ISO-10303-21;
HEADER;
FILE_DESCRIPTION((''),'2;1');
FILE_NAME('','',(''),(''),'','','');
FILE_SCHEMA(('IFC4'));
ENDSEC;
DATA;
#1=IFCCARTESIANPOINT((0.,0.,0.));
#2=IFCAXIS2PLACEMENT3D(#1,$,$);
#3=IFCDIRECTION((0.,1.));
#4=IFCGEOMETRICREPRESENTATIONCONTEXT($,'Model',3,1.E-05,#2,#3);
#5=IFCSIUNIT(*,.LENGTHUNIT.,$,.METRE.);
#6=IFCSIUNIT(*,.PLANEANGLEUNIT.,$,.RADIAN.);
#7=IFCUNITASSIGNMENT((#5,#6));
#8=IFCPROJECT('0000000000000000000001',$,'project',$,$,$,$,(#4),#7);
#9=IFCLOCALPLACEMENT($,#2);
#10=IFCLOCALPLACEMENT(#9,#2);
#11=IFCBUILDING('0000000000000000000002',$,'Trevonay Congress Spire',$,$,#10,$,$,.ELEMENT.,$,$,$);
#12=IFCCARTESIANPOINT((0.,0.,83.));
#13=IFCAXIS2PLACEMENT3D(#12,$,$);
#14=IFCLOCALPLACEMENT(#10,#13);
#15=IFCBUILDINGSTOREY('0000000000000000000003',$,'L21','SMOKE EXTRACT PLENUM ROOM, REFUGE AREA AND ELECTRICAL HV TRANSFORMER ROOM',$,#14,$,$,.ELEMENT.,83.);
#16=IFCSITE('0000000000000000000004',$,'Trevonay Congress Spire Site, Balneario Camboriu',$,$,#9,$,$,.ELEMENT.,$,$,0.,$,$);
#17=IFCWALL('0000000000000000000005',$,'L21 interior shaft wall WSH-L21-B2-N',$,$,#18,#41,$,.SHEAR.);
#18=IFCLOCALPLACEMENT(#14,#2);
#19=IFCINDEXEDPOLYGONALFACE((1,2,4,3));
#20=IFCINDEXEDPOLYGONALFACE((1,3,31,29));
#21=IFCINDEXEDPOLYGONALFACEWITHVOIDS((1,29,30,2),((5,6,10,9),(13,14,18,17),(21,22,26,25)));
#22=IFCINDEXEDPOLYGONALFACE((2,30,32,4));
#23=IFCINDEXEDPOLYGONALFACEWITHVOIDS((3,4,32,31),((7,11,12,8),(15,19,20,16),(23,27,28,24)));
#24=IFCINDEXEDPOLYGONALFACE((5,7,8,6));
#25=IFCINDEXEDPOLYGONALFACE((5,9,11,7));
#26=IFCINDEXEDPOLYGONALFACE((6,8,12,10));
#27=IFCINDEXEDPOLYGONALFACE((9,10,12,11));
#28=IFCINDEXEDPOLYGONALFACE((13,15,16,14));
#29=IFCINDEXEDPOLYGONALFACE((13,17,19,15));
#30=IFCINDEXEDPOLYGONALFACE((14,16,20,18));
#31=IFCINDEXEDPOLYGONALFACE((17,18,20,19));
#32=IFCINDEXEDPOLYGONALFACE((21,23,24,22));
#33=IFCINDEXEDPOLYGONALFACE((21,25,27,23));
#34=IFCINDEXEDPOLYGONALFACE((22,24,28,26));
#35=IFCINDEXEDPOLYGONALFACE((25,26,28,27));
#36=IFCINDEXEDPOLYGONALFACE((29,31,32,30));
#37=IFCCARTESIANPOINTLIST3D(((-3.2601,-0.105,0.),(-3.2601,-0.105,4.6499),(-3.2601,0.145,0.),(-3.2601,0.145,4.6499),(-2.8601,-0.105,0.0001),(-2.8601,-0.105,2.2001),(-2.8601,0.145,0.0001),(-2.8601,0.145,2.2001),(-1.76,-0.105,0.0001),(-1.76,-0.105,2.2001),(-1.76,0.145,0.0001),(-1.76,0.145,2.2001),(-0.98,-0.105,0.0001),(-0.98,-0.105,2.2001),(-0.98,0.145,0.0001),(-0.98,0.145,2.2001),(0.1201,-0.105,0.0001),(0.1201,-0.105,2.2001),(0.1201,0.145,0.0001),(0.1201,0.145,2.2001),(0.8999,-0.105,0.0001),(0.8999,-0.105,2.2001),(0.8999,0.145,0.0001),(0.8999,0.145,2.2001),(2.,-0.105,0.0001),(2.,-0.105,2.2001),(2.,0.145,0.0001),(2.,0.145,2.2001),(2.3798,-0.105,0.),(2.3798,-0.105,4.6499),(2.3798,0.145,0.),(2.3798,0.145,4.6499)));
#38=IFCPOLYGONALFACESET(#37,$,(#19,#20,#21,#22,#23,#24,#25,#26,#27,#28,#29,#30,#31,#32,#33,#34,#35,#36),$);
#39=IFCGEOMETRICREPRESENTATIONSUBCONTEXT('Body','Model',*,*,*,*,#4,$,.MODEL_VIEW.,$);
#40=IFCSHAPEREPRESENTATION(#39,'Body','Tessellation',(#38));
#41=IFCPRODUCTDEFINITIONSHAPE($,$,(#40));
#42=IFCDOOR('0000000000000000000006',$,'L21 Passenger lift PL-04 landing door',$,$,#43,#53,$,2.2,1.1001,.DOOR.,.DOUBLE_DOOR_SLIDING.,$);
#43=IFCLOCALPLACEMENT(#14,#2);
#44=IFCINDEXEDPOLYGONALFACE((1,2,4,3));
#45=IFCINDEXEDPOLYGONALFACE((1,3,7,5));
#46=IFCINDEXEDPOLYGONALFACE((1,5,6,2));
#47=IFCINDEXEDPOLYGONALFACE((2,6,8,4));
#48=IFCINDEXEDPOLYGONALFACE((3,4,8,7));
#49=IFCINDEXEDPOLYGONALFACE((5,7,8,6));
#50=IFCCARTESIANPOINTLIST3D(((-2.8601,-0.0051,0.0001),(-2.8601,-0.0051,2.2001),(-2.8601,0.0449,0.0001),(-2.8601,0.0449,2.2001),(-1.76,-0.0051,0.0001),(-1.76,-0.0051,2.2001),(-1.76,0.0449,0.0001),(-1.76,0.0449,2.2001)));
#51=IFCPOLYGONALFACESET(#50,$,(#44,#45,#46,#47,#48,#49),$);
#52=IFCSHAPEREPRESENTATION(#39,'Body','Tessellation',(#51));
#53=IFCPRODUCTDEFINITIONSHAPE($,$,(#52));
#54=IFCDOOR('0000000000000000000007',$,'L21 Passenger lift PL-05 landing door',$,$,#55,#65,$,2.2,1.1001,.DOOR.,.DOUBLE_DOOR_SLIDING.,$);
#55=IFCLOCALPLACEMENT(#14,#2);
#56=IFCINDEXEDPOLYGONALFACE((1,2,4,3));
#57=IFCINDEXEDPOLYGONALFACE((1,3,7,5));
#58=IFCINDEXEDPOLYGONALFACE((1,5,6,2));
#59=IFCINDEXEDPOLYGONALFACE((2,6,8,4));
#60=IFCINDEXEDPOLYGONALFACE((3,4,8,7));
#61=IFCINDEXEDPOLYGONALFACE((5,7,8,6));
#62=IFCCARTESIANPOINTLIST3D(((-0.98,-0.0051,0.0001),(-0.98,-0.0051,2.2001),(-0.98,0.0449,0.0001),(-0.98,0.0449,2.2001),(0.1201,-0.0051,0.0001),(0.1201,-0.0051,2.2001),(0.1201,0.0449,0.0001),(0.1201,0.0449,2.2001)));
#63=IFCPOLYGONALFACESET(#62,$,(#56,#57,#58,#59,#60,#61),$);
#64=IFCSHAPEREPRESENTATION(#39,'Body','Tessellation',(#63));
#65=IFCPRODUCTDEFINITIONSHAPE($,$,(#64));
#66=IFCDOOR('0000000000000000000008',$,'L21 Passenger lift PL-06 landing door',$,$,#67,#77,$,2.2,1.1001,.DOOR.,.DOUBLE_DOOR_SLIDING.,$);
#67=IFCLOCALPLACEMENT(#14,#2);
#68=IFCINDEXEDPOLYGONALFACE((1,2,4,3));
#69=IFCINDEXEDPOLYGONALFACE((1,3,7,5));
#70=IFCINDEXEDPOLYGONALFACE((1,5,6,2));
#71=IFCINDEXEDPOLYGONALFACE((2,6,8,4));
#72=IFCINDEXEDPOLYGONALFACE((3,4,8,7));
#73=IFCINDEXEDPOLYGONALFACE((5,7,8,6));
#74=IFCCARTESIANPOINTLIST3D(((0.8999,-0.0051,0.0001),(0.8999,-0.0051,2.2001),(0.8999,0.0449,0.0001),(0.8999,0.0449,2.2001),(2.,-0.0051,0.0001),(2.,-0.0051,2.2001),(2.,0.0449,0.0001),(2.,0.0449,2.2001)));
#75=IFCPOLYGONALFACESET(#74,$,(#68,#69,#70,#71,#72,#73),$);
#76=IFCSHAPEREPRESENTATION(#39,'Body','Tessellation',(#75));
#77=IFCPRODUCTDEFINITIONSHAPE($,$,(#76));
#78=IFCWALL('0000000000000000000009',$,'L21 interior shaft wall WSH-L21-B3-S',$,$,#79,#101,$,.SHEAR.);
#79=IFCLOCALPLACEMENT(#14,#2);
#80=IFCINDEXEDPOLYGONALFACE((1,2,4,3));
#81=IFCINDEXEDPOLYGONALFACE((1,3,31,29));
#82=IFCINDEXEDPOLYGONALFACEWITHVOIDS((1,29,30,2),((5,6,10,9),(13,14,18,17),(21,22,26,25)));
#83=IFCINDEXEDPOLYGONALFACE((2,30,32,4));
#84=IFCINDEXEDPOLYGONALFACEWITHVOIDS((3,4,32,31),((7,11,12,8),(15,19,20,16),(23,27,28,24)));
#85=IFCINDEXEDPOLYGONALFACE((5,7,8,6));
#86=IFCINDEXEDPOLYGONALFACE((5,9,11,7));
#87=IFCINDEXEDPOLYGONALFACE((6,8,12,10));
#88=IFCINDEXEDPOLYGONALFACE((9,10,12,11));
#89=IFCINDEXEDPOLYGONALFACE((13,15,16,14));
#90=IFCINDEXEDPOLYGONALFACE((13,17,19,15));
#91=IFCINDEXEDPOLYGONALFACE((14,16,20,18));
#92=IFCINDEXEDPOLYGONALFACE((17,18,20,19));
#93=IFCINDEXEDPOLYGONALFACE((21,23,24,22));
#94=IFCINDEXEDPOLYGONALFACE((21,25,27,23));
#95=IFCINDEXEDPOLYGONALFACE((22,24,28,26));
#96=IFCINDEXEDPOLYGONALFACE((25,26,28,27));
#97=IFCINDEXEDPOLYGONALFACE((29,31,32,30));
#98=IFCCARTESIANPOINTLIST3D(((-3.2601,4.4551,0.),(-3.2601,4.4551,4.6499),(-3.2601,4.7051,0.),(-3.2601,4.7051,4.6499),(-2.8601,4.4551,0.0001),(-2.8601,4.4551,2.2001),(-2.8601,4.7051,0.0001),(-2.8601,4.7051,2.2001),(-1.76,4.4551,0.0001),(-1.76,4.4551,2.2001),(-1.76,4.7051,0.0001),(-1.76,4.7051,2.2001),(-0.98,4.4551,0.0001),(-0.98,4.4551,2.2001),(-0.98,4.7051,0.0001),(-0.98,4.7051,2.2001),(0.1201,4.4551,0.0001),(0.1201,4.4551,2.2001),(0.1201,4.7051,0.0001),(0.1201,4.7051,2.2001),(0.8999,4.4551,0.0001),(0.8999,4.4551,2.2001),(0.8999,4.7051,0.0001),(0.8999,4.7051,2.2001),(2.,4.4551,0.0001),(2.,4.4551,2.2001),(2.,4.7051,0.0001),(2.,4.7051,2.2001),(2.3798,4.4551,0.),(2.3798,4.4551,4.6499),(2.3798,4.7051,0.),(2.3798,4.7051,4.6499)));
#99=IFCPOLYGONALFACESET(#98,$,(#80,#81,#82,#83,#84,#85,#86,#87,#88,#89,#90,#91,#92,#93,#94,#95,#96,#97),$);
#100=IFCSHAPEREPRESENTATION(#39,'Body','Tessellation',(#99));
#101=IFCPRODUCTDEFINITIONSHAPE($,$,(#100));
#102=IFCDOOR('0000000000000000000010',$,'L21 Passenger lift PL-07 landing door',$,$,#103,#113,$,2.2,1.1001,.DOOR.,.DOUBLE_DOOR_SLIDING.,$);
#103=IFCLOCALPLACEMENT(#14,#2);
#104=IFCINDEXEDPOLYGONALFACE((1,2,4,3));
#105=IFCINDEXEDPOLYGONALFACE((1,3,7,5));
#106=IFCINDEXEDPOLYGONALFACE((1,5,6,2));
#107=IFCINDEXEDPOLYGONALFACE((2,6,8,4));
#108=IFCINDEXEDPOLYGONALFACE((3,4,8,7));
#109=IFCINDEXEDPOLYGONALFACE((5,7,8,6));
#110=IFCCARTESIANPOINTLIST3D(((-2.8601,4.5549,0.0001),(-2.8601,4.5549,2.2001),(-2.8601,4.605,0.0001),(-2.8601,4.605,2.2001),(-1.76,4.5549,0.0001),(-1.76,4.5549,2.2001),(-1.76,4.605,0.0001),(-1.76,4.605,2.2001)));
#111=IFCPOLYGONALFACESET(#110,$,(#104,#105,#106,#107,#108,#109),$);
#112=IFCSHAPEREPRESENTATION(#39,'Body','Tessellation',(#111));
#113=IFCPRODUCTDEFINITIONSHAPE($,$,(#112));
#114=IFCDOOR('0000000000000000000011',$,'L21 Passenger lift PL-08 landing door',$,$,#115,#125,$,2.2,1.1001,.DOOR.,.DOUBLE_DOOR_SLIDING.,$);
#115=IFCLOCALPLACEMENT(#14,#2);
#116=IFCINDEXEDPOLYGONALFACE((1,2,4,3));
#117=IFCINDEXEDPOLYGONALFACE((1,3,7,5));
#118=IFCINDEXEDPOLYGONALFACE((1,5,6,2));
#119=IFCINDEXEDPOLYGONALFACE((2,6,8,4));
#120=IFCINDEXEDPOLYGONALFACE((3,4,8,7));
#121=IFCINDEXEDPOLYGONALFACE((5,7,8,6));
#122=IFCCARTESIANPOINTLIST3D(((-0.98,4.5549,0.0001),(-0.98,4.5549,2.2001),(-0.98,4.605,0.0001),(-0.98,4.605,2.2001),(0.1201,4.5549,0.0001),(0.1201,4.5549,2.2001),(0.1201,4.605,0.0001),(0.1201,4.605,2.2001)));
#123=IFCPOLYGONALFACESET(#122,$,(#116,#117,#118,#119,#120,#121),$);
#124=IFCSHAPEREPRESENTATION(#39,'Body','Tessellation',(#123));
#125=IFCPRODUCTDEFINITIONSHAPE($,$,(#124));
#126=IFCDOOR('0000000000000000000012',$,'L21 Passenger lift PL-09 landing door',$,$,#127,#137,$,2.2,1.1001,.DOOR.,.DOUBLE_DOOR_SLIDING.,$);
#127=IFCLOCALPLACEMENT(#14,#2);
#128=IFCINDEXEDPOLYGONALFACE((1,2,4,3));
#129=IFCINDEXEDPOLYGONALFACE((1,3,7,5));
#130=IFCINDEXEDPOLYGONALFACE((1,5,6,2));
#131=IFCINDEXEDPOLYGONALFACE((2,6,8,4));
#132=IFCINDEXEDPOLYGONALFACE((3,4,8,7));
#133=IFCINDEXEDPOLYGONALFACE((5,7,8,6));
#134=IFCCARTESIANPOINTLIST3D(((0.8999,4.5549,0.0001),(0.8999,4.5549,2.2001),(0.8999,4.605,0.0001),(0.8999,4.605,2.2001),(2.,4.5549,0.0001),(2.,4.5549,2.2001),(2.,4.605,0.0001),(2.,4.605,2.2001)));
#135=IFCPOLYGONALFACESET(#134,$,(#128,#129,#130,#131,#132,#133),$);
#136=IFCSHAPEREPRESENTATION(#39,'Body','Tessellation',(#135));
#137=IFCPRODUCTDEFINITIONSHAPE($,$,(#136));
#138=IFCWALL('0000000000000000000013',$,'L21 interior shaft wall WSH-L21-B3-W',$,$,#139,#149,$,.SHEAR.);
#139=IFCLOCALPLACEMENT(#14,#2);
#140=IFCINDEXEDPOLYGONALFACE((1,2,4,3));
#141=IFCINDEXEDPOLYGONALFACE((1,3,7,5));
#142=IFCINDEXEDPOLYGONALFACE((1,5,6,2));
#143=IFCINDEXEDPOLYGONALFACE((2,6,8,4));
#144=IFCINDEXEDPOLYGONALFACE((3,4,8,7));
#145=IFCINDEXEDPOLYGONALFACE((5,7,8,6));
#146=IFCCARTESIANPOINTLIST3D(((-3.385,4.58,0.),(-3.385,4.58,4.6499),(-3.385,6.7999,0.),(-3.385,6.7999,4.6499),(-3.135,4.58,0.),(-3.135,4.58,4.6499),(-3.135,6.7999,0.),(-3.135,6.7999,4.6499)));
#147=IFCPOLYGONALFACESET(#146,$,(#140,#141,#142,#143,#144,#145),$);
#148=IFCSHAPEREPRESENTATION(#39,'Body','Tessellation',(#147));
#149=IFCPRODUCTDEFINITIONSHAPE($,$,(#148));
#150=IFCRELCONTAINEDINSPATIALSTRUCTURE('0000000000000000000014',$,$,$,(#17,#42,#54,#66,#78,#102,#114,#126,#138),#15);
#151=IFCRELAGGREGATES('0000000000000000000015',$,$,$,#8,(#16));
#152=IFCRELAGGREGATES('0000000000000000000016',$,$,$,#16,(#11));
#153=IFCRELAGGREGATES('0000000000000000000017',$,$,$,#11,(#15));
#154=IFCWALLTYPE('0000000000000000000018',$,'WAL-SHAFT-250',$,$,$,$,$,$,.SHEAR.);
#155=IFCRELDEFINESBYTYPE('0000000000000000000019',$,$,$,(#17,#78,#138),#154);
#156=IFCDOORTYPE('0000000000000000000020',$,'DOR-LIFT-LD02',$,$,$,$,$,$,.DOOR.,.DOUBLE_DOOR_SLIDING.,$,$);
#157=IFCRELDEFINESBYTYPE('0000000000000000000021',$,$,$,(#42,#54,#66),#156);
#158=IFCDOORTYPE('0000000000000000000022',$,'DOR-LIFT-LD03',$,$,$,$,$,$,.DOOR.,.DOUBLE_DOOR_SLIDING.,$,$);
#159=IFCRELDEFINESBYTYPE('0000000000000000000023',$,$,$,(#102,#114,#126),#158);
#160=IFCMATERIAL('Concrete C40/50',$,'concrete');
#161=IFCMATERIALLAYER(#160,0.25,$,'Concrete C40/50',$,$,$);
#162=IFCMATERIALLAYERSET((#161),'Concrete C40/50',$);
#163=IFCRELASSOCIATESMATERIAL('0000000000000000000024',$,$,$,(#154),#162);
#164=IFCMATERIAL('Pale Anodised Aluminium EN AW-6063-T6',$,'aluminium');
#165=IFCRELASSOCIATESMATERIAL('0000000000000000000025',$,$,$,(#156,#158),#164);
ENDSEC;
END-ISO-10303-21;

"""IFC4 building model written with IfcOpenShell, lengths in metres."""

from ifc_helpers import new_model, si_unit, direction, frame, frame_2d, origin, place, context, subcontext, project, spatial, rectangle, extrude, material, layer, layer_set, type_object, element, fill, save


model = new_model("IFC4")

# Units and contexts
model_context = context("Model", 3, precision=1e-05, world=origin(), true_north=direction((0.0, 1.0)))
body_context = subcontext(model_context, "Body", "Model", "MODEL_VIEW")
ifc_project = project(units=[si_unit("LENGTHUNIT", "METRE"), si_unit("PLANEANGLEUNIT", "RADIAN")], contexts=[model_context])

# Site, building, storey
site_placement = place(None, origin())
site = spatial("IfcSite", under=ifc_project, at=site_placement, Name="Trevonay Congress Spire Site, Balneario Camboriu", CompositionType="ELEMENT", RefElevation=0.0)
building_placement = place(site_placement, origin())
building = spatial("IfcBuilding", under=site, at=building_placement, Name="Trevonay Congress Spire", CompositionType="ELEMENT")
storey_placement = place(building_placement, frame((0.0, 0.0, 83.0)))
storey = spatial("IfcBuildingStorey", under=building, at=storey_placement, Name="L21", Description="SMOKE EXTRACT PLENUM ROOM, REFUGE AREA AND ELECTRICAL HV TRANSFORMER ROOM", CompositionType="ELEMENT", Elevation=83.0)

# Shared definitions
ifc_material_1 = material(Name="Concrete C40/50", Category="concrete")

# Walls, openings, doors
ifc_layer_1 = layer(ifc_material_1, 0.25, Name="Concrete C40/50")
ifc_layer_set_1 = layer_set([ifc_layer_1], Name="Concrete C40/50")
wall_type_1 = type_object("IfcWallType", Name="WAL-SHAFT-250", PredefinedType="SHEAR", material=ifc_layer_set_1)
wall_1_placement = place(storey_placement, frame((-3.26, 0.02, 0.0), z_axis=(0.0, 0.0, 1.0), x_axis=(1.0, 0.0, 0.0)))
wall_1 = element("IfcWall", 1, at=wall_1_placement, inside=storey, type_object=wall_type_1, Name="L21 interior shaft wall WSH-L21-B2-N", PredefinedType="SHEAR", context=body_context, shape_type="SweptSolid", body=[
    extrude(rectangle(XDim=5.6399, YDim=0.25, at=frame_2d((2.8198, 0.0))), origin(), (0.0, 0.0, 1.0), 4.6499),
])
opening_1_placement = place(wall_1_placement, frame((0.3999, 0.0, 0.0)))
opening_1 = element("IfcOpeningElement", 2, at=opening_1_placement, cuts=wall_1, PredefinedType="OPENING", context=body_context, shape_type="SweptSolid", body=[
    extrude(rectangle(XDim=1.1001, YDim=2.2, at=frame_2d((0.55, 1.1001))), frame((0.0, 0.135, 0.0), z_axis=(0.0, -1.0, 0.0), x_axis=(1.0, 0.0, 0.0)), (0.0, 0.0, 1.0), 0.27),
])
opening_2_placement = place(wall_1_placement, frame((2.28, 0.0, 0.0)))
opening_2 = element("IfcOpeningElement", 3, at=opening_2_placement, cuts=wall_1, PredefinedType="OPENING", context=body_context, shape_type="SweptSolid", body=[
    extrude(rectangle(XDim=1.1001, YDim=2.2, at=frame_2d((0.55, 1.1001))), frame((0.0, 0.135, 0.0), z_axis=(0.0, -1.0, 0.0), x_axis=(1.0, 0.0, 0.0)), (0.0, 0.0, 1.0), 0.27),
])
opening_3_placement = place(wall_1_placement, frame((4.1599, 0.0, 0.0)))
opening_3 = element("IfcOpeningElement", 4, at=opening_3_placement, cuts=wall_1, PredefinedType="OPENING", context=body_context, shape_type="SweptSolid", body=[
    extrude(rectangle(XDim=1.1001, YDim=2.2, at=frame_2d((0.55, 1.1001))), frame((0.0, 0.135, 0.0), z_axis=(0.0, -1.0, 0.0), x_axis=(1.0, 0.0, 0.0)), (0.0, 0.0, 1.0), 0.27),
])
ifc_material_2 = material(Name="Pale Anodised Aluminium EN AW-6063-T6", Category="aluminium")
door_type_1 = type_object("IfcDoorType", Name="DOR-LIFT-LD02", OperationType="DOUBLE_DOOR_SLIDING", PredefinedType="DOOR", material=ifc_material_2)
door_1_placement = place(opening_1_placement, origin())
door_1 = element("IfcDoor", 5, at=door_1_placement, inside=storey, type_object=door_type_1, Name="L21 Passenger lift PL-04 landing door", OperationType="DOUBLE_DOOR_SLIDING", OverallHeight=2.2, OverallWidth=1.1001, PredefinedType="DOOR", context=body_context, shape_type="SweptSolid", body=[
    extrude(rectangle(XDim=1.1001, YDim=2.2, at=frame_2d((0.55, 1.1001))), frame((0.0, 0.0249, 0.0), z_axis=(0.0, -1.0, 0.0), x_axis=(1.0, 0.0, 0.0)), (0.0, 0.0, 1.0), 0.05),
])
fill(opening_1, door_1)
door_2_placement = place(opening_2_placement, origin())
door_2 = element("IfcDoor", 6, at=door_2_placement, inside=storey, type_object=door_type_1, Name="L21 Passenger lift PL-05 landing door", OperationType="DOUBLE_DOOR_SLIDING", OverallHeight=2.2, OverallWidth=1.1001, PredefinedType="DOOR", context=body_context, shape_type="SweptSolid", body=[
    extrude(rectangle(XDim=1.1001, YDim=2.2, at=frame_2d((0.55, 1.1001))), frame((0.0, 0.0249, 0.0), z_axis=(0.0, -1.0, 0.0), x_axis=(1.0, 0.0, 0.0)), (0.0, 0.0, 1.0), 0.05),
])
fill(opening_2, door_2)
door_3_placement = place(opening_3_placement, origin())
door_3 = element("IfcDoor", 7, at=door_3_placement, inside=storey, type_object=door_type_1, Name="L21 Passenger lift PL-06 landing door", OperationType="DOUBLE_DOOR_SLIDING", OverallHeight=2.2, OverallWidth=1.1001, PredefinedType="DOOR", context=body_context, shape_type="SweptSolid", body=[
    extrude(rectangle(XDim=1.1001, YDim=2.2, at=frame_2d((0.55, 1.1001))), frame((0.0, 0.0249, 0.0), z_axis=(0.0, -1.0, 0.0), x_axis=(1.0, 0.0, 0.0)), (0.0, 0.0, 1.0), 0.05),
])
fill(opening_3, door_3)
wall_2_placement = place(storey_placement, frame((-3.26, 4.5801, 0.0), z_axis=(0.0, 0.0, 1.0), x_axis=(1.0, 0.0, 0.0)))
wall_2 = element("IfcWall", 8, at=wall_2_placement, inside=storey, type_object=wall_type_1, Name="L21 interior shaft wall WSH-L21-B3-S", PredefinedType="SHEAR", context=body_context, shape_type="SweptSolid", body=[
    extrude(rectangle(XDim=5.6399, YDim=0.25, at=frame_2d((2.8198, 0.0))), origin(), (0.0, 0.0, 1.0), 4.6499),
])
opening_4_placement = place(wall_2_placement, frame((0.3999, 0.0, 0.0)))
opening_4 = element("IfcOpeningElement", 9, at=opening_4_placement, cuts=wall_2, PredefinedType="OPENING", context=body_context, shape_type="SweptSolid", body=[
    extrude(rectangle(XDim=1.1001, YDim=2.2, at=frame_2d((0.55, 1.1001))), frame((0.0, 0.135, 0.0), z_axis=(0.0, -1.0, 0.0), x_axis=(1.0, 0.0, 0.0)), (0.0, 0.0, 1.0), 0.27),
])
opening_5_placement = place(wall_2_placement, frame((2.28, 0.0, 0.0)))
opening_5 = element("IfcOpeningElement", 10, at=opening_5_placement, cuts=wall_2, PredefinedType="OPENING", context=body_context, shape_type="SweptSolid", body=[
    extrude(rectangle(XDim=1.1001, YDim=2.2, at=frame_2d((0.55, 1.1001))), frame((0.0, 0.135, 0.0), z_axis=(0.0, -1.0, 0.0), x_axis=(1.0, 0.0, 0.0)), (0.0, 0.0, 1.0), 0.27),
])
opening_6_placement = place(wall_2_placement, frame((4.1599, 0.0, 0.0)))
opening_6 = element("IfcOpeningElement", 11, at=opening_6_placement, cuts=wall_2, PredefinedType="OPENING", context=body_context, shape_type="SweptSolid", body=[
    extrude(rectangle(XDim=1.1001, YDim=2.2, at=frame_2d((0.55, 1.1001))), frame((0.0, 0.135, 0.0), z_axis=(0.0, -1.0, 0.0), x_axis=(1.0, 0.0, 0.0)), (0.0, 0.0, 1.0), 0.27),
])
door_type_2 = type_object("IfcDoorType", Name="DOR-LIFT-LD03", OperationType="DOUBLE_DOOR_SLIDING", PredefinedType="DOOR", material=ifc_material_2)
door_4_placement = place(opening_4_placement, origin())
door_4 = element("IfcDoor", 12, at=door_4_placement, inside=storey, type_object=door_type_2, Name="L21 Passenger lift PL-07 landing door", OperationType="DOUBLE_DOOR_SLIDING", OverallHeight=2.2, OverallWidth=1.1001, PredefinedType="DOOR", context=body_context, shape_type="SweptSolid", body=[
    extrude(rectangle(XDim=1.1001, YDim=2.2, at=frame_2d((0.55, 1.1001))), frame((0.0, 0.0249, 0.0), z_axis=(0.0, -1.0, 0.0), x_axis=(1.0, 0.0, 0.0)), (0.0, 0.0, 1.0), 0.05),
])
fill(opening_4, door_4)
door_5_placement = place(opening_5_placement, origin())
door_5 = element("IfcDoor", 13, at=door_5_placement, inside=storey, type_object=door_type_2, Name="L21 Passenger lift PL-08 landing door", OperationType="DOUBLE_DOOR_SLIDING", OverallHeight=2.2, OverallWidth=1.1001, PredefinedType="DOOR", context=body_context, shape_type="SweptSolid", body=[
    extrude(rectangle(XDim=1.1001, YDim=2.2, at=frame_2d((0.55, 1.1001))), frame((0.0, 0.0249, 0.0), z_axis=(0.0, -1.0, 0.0), x_axis=(1.0, 0.0, 0.0)), (0.0, 0.0, 1.0), 0.05),
])
fill(opening_5, door_5)
door_6_placement = place(opening_6_placement, origin())
door_6 = element("IfcDoor", 14, at=door_6_placement, inside=storey, type_object=door_type_2, Name="L21 Passenger lift PL-09 landing door", OperationType="DOUBLE_DOOR_SLIDING", OverallHeight=2.2, OverallWidth=1.1001, PredefinedType="DOOR", context=body_context, shape_type="SweptSolid", body=[
    extrude(rectangle(XDim=1.1001, YDim=2.2, at=frame_2d((0.55, 1.1001))), frame((0.0, 0.0249, 0.0), z_axis=(0.0, -1.0, 0.0), x_axis=(1.0, 0.0, 0.0)), (0.0, 0.0, 1.0), 0.05),
])
fill(opening_6, door_6)

# Wall
wall_3_placement = place(storey_placement, frame((-3.26, 4.5801, 0.0), z_axis=(0.0, 0.0, 1.0), x_axis=(0.0, 1.0, 0.0)))
element("IfcWall", 15, at=wall_3_placement, inside=storey, type_object=wall_type_1, Name="L21 interior shaft wall WSH-L21-B3-W", PredefinedType="SHEAR", context=body_context, shape_type="SweptSolid", body=[
    extrude(rectangle(XDim=2.22, YDim=0.25, at=frame_2d((1.1099, 0.0))), origin(), (0.0, 0.0, 1.0), 4.6499),
])

save(model, "model.ifc")
